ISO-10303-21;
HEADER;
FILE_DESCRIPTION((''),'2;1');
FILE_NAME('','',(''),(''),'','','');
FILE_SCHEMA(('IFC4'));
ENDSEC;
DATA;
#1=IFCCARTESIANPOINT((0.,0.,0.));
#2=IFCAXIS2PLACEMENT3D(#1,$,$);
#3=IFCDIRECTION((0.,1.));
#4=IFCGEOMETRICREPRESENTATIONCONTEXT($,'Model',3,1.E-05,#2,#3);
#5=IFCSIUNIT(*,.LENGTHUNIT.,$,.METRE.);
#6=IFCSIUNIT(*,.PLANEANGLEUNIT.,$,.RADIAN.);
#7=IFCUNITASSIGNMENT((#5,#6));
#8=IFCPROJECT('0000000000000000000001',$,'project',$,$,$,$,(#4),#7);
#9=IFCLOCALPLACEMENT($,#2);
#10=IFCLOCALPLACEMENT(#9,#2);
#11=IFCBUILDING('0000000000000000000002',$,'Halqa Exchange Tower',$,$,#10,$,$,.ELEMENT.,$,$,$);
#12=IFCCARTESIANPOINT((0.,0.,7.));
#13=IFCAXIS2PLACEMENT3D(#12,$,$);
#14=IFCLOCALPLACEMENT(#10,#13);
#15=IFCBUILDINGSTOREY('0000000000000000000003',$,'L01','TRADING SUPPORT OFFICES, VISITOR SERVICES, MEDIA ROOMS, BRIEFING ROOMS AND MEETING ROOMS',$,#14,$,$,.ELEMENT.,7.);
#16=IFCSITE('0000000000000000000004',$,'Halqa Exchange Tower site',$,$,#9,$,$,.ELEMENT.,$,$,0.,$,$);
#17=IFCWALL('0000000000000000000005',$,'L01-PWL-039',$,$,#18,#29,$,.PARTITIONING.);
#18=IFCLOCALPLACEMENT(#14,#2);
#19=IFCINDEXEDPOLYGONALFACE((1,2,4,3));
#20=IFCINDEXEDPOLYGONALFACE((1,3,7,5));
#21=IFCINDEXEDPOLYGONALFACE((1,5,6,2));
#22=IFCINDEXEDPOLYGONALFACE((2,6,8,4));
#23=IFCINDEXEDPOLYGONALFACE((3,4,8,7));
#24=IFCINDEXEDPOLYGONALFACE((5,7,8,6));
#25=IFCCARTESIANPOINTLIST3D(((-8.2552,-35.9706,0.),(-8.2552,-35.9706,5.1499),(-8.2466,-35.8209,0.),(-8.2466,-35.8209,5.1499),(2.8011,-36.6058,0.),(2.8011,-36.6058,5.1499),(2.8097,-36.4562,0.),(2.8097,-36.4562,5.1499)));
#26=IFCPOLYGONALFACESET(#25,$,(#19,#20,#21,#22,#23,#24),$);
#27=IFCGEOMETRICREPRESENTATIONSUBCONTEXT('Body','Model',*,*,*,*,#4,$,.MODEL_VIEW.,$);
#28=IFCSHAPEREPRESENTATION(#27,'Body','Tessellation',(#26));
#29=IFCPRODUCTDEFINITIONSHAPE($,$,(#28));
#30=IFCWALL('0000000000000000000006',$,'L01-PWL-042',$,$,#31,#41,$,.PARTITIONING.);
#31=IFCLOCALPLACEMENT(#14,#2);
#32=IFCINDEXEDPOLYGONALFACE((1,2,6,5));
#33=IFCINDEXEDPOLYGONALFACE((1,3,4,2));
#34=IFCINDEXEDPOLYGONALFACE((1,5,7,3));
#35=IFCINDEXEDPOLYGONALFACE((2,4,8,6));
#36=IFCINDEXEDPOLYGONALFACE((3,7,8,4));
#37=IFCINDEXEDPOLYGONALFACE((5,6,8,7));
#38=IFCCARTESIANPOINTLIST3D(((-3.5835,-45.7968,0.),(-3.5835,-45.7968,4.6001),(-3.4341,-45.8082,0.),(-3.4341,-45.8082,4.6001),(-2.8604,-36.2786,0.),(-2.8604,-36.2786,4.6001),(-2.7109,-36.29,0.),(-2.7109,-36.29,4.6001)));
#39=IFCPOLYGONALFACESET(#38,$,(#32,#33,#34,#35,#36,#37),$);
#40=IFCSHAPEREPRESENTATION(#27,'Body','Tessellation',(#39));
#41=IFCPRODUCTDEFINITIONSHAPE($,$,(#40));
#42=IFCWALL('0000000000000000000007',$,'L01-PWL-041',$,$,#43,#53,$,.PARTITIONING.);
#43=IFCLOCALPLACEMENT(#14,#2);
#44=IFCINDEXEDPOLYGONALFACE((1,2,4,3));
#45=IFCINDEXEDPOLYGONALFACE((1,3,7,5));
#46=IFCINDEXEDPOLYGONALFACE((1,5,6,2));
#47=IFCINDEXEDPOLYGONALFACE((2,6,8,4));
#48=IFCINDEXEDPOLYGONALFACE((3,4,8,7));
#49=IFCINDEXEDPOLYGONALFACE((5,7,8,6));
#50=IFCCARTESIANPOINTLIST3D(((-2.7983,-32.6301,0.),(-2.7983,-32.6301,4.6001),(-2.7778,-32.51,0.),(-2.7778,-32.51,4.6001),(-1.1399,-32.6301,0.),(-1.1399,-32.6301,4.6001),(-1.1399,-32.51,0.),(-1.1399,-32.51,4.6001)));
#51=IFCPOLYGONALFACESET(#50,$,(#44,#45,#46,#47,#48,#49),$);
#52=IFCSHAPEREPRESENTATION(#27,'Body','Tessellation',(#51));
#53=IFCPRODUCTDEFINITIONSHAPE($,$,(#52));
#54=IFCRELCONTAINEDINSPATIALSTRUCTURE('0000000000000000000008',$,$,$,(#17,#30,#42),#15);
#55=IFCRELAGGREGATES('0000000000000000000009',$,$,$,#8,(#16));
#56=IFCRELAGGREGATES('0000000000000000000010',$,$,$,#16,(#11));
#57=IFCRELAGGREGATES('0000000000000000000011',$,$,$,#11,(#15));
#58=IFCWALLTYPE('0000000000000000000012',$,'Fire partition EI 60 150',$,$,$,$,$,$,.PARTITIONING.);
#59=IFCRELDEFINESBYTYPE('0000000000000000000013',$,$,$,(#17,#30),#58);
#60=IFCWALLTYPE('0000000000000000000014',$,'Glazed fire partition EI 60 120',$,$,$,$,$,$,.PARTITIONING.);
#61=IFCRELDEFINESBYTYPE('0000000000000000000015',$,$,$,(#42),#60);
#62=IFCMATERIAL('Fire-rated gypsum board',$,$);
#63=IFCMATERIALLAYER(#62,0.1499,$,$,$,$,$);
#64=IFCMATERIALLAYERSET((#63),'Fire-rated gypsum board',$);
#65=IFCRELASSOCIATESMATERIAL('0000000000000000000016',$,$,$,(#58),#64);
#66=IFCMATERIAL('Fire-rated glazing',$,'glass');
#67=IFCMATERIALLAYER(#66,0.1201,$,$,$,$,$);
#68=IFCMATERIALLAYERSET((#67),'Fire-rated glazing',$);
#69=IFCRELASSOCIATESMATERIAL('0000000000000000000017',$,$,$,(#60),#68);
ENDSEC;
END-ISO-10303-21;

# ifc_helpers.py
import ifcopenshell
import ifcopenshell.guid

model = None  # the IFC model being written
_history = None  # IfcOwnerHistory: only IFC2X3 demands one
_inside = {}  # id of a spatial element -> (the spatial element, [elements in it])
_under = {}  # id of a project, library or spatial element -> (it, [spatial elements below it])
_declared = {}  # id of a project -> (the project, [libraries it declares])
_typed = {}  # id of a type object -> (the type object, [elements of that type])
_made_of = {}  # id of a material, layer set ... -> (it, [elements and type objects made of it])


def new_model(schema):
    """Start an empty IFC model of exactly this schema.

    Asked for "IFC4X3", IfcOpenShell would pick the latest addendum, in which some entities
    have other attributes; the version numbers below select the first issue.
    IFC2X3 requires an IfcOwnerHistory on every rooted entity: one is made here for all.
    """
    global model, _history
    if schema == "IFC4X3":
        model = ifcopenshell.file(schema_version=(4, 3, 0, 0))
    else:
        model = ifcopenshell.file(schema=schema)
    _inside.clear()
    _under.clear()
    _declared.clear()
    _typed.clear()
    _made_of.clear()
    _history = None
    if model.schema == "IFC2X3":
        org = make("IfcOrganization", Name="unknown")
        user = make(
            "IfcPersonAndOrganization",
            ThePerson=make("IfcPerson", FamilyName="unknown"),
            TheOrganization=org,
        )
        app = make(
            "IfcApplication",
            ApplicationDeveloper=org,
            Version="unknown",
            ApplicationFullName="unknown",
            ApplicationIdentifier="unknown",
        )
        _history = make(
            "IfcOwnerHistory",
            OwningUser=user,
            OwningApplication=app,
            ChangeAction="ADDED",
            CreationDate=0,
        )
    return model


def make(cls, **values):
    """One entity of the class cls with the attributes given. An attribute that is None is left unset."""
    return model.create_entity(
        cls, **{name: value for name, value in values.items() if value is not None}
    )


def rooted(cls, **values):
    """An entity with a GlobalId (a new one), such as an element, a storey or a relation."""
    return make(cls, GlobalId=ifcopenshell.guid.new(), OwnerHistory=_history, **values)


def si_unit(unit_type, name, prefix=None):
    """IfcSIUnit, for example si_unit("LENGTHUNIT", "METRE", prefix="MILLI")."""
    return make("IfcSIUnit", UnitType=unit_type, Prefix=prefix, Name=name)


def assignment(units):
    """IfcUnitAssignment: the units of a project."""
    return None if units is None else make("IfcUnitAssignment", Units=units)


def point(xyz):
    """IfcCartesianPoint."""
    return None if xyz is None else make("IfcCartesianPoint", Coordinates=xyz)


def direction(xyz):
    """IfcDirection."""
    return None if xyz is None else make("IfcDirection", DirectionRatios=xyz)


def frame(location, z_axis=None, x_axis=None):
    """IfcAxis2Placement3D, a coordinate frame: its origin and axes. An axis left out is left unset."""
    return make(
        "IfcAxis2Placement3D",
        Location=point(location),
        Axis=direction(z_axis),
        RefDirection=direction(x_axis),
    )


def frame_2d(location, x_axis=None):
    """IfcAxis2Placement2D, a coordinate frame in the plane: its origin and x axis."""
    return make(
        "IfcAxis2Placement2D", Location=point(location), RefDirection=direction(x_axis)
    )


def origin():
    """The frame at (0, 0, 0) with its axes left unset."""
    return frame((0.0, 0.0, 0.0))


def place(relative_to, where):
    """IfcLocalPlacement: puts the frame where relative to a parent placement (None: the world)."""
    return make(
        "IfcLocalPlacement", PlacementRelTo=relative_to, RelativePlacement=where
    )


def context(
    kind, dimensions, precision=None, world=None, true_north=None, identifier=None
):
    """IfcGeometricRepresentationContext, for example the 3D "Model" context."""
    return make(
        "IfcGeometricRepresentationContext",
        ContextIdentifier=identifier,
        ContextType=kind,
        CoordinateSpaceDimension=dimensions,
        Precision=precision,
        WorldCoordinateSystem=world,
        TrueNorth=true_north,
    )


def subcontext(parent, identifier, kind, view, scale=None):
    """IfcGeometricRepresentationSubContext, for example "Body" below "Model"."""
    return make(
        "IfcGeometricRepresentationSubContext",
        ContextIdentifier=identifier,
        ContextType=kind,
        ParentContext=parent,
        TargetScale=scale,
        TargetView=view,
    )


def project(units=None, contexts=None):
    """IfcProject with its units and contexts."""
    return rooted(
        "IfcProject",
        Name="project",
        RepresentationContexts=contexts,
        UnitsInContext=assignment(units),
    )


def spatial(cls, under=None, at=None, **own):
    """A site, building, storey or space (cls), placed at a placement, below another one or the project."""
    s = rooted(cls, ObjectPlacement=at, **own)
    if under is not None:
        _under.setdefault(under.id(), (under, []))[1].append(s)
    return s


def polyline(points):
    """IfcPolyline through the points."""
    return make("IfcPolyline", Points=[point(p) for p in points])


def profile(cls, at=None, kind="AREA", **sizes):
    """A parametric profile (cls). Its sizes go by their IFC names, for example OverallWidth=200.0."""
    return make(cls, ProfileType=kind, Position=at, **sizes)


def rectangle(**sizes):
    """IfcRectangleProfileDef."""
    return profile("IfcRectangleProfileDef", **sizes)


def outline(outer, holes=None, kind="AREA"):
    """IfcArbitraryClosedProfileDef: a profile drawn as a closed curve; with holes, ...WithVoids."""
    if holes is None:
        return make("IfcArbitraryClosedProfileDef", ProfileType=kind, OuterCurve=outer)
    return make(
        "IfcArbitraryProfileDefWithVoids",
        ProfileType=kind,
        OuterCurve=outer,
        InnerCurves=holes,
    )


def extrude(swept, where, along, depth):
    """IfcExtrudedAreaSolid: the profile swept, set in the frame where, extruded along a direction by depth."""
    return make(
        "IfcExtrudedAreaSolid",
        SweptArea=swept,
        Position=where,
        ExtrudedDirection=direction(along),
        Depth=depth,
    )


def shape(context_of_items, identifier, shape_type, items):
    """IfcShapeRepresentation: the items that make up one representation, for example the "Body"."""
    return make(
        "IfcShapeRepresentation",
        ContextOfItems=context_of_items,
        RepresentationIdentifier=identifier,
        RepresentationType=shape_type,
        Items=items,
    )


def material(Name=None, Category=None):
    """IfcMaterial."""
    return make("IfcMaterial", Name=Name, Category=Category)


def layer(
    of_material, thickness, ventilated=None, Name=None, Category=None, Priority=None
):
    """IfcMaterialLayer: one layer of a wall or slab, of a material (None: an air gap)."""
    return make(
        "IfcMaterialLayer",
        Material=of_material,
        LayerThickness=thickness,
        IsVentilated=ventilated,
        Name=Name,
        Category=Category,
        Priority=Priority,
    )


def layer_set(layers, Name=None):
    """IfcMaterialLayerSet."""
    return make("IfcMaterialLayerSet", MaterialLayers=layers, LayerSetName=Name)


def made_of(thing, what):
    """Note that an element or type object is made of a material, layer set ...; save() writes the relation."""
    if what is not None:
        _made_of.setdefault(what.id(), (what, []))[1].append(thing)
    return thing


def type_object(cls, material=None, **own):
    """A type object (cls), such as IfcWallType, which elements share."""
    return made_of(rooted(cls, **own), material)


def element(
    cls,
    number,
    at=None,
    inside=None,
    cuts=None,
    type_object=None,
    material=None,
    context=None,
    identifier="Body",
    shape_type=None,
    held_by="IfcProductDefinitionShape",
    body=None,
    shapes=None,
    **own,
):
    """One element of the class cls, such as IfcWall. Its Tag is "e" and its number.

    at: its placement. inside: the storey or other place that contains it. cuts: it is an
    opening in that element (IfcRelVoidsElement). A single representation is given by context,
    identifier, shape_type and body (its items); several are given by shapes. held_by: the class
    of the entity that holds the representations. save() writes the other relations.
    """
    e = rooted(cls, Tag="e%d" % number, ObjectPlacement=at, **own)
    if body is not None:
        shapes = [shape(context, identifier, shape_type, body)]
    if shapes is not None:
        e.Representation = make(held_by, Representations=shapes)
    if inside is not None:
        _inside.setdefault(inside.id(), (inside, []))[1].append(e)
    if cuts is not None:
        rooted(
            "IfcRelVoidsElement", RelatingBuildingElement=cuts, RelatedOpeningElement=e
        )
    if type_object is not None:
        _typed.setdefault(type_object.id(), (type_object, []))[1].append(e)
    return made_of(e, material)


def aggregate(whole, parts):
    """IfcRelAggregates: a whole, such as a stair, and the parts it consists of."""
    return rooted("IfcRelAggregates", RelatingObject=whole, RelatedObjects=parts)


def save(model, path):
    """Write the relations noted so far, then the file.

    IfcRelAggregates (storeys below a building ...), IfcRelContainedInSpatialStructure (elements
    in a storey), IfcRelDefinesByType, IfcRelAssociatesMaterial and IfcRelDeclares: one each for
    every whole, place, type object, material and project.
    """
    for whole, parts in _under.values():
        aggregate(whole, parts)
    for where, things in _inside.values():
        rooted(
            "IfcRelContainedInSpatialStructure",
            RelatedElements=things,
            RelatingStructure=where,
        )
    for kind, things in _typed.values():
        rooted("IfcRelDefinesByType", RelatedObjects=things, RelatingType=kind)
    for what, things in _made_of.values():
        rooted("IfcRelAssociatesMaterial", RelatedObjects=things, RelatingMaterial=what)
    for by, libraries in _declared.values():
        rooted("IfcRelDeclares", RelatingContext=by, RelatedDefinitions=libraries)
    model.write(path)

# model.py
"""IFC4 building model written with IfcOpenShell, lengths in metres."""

from ifc_helpers import new_model, si_unit, direction, frame, frame_2d, origin, place, context, subcontext, project, spatial, polyline, rectangle, outline, extrude, material, layer, layer_set, type_object, element, save


model = new_model("IFC4")

# Units and contexts
model_context = context("Model", 3, precision=1e-05, world=origin(), true_north=direction((0.0, 1.0)))
body_context = subcontext(model_context, "Body", "Model", "MODEL_VIEW")
ifc_project = project(units=[si_unit("LENGTHUNIT", "METRE"), si_unit("PLANEANGLEUNIT", "RADIAN")], contexts=[model_context])

# Site, building, storey
site_placement = place(None, origin())
site = spatial("IfcSite", under=ifc_project, at=site_placement, Name="Halqa Exchange Tower site", CompositionType="ELEMENT", RefElevation=0.0)
building_placement = place(site_placement, origin())
building = spatial("IfcBuilding", under=site, at=building_placement, Name="Halqa Exchange Tower", CompositionType="ELEMENT")
storey_placement = place(building_placement, frame((0.0, 0.0, 7.0)))
storey = spatial("IfcBuildingStorey", under=building, at=storey_placement, Name="L01", Description="TRADING SUPPORT OFFICES, VISITOR SERVICES, MEDIA ROOMS, BRIEFING ROOMS AND MEETING ROOMS", CompositionType="ELEMENT", Elevation=7.0)

# Shared definitions
ifc_material_1 = material(Name="Fire-rated gypsum board")
ifc_layer_1 = layer(ifc_material_1, 0.1499)
ifc_layer_set_1 = layer_set([ifc_layer_1], Name="Fire-rated gypsum board")
wall_type_1 = type_object("IfcWallType", Name="Fire partition EI 60 150", PredefinedType="PARTITIONING", material=ifc_layer_set_1)

# Walls
wall_1_placement = place(storey_placement, frame((-8.2507, -35.8958, 0.0), z_axis=(0.0, 0.0, 1.0), x_axis=(0.998353, -0.057362, 0.0)))
element("IfcWall", 1, at=wall_1_placement, inside=storey, type_object=wall_type_1, Name="L01-PWL-039", PredefinedType="PARTITIONING", context=body_context, shape_type="SweptSolid", body=[
    extrude(rectangle(XDim=11.0745, YDim=0.1499, at=frame_2d((5.5371, 0.0))), origin(), (0.0, 0.0, 1.0), 5.1499),
])
wall_2_placement = place(storey_placement, frame((-2.7856, -36.2842, 0.0), z_axis=(0.0, 0.0, 1.0), x_axis=(-0.075756, -0.997126, 0.0)))
element("IfcWall", 2, at=wall_2_placement, inside=storey, type_object=wall_type_1, Name="L01-PWL-042", PredefinedType="PARTITIONING", context=body_context, shape_type="SweptSolid", body=[
    extrude(rectangle(XDim=9.5457, YDim=0.1499, at=frame_2d((4.7729, 0.0))), origin(), (0.0, 0.0, 1.0), 4.6001),
])
ifc_material_2 = material(Name="Fire-rated glazing", Category="glass")
ifc_layer_2 = layer(ifc_material_2, 0.1201)
ifc_layer_set_2 = layer_set([ifc_layer_2], Name="Fire-rated glazing")
wall_type_2 = type_object("IfcWallType", Name="Glazed fire partition EI 60 120", PredefinedType="PARTITIONING", material=ifc_layer_set_2)
wall_3_placement = place(storey_placement, frame((-2.7881, -32.5701, 0.0), z_axis=(0.0, 0.0, 1.0), x_axis=(1.0, 0.0, 0.0)))
element("IfcWall", 3, at=wall_3_placement, inside=storey, type_object=wall_type_2, Name="L01-PWL-041", PredefinedType="PARTITIONING", context=body_context, shape_type="SweptSolid", body=[
    extrude(outline(polyline([(-0.0103, -0.0601), (1.6482, -0.0601), (1.6482, 0.0601), (0.0103, 0.0601), (-0.0103, -0.0601)])), origin(), (0.0, 0.0, 1.0), 4.6001),
])

save(model, "model.ifc")
